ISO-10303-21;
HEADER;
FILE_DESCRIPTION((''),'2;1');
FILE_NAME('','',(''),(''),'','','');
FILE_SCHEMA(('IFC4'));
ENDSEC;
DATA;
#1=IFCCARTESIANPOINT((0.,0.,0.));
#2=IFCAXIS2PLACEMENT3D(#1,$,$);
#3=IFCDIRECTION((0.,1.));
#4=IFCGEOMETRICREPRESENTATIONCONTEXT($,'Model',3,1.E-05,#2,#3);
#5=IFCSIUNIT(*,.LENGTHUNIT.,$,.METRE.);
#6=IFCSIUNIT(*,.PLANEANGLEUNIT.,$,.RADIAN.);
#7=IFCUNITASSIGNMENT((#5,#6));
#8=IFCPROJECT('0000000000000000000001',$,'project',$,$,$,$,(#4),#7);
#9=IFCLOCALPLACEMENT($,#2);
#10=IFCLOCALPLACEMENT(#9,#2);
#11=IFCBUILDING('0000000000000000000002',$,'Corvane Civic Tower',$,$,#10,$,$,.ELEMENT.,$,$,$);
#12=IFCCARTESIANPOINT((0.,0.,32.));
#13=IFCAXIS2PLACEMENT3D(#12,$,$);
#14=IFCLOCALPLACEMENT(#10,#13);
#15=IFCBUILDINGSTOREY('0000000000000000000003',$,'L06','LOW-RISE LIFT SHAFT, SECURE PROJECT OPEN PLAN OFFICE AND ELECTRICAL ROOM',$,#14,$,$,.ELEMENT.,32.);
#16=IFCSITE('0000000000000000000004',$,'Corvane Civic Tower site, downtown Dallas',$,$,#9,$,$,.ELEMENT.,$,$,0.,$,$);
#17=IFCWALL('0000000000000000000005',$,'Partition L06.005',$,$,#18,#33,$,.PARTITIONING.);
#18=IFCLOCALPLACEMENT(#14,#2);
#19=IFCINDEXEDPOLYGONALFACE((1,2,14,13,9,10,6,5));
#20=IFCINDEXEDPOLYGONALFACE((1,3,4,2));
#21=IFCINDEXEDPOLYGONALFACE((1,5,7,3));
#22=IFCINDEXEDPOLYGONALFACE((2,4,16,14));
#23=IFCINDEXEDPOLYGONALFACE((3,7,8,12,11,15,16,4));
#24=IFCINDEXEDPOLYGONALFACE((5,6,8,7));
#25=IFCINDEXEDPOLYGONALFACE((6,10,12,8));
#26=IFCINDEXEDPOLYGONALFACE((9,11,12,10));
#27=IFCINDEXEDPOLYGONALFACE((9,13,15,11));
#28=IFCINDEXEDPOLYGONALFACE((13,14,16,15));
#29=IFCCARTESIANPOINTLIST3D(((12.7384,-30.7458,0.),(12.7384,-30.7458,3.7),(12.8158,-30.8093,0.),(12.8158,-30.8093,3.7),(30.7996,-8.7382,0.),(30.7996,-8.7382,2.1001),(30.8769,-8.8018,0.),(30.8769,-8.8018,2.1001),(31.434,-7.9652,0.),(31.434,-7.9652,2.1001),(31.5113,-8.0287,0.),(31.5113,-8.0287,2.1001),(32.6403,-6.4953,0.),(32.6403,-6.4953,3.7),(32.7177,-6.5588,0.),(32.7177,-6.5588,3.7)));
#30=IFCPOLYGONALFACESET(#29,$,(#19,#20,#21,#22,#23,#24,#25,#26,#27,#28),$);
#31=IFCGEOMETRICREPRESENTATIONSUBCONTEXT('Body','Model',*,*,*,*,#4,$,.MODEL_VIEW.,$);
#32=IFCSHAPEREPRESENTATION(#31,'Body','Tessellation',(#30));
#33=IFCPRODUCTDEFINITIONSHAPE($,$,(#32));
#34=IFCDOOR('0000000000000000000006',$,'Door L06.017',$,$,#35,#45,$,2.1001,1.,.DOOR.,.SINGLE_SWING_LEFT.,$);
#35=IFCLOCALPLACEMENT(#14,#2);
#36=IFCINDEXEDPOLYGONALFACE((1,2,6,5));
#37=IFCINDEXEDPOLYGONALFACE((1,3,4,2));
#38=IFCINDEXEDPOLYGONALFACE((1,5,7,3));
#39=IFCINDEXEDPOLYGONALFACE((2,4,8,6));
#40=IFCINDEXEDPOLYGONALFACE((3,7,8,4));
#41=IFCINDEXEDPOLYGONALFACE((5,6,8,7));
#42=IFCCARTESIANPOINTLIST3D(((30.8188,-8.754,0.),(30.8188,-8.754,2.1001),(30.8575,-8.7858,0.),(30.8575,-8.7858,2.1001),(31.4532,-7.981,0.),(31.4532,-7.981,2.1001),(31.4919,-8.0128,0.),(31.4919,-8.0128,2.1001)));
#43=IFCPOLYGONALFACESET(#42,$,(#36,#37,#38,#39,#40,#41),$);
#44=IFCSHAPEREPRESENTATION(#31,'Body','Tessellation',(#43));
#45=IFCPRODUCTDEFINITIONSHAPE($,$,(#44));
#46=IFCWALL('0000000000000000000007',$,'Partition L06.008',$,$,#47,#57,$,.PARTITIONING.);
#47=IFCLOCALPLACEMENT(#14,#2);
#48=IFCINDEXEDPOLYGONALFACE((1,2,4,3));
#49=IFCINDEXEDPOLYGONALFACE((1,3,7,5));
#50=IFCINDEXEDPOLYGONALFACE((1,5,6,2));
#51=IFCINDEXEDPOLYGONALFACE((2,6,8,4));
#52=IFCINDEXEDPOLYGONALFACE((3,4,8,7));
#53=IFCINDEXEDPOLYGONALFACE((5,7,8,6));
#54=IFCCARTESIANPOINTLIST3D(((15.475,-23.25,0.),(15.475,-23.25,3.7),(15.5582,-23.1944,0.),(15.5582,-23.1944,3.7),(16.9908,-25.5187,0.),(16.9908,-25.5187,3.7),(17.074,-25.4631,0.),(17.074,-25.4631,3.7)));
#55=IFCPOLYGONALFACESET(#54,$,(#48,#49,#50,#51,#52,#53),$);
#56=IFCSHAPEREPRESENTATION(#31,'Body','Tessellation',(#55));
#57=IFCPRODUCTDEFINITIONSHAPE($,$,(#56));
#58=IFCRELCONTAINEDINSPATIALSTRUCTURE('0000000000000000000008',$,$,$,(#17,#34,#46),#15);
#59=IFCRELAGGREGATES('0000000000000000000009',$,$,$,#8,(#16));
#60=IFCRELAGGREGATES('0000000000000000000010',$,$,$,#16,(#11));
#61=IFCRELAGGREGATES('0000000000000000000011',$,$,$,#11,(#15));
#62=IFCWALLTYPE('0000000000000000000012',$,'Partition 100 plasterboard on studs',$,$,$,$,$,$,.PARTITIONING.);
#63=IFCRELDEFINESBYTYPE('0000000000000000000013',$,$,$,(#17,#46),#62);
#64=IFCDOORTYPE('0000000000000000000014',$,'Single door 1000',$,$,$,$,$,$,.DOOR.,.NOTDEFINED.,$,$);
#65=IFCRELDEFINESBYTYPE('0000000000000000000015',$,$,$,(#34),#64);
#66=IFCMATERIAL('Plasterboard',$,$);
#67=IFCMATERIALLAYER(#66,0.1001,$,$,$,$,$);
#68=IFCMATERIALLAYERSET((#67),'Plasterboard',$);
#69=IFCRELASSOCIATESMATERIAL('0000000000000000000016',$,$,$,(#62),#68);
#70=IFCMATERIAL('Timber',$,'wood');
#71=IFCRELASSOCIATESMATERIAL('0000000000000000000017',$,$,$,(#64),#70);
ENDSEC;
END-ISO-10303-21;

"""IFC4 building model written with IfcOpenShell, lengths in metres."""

from ifc_helpers import new_model, si_unit, direction, frame, frame_2d, origin, place, context, subcontext, project, spatial, rectangle, extrude, material, layer, layer_set, type_object, element, fill, save


model = new_model("IFC4")

# Units and contexts
model_context = context("Model", 3, precision=1e-05, world=origin(), true_north=direction((0.0, 1.0)))
body_context = subcontext(model_context, "Body", "Model", "MODEL_VIEW")
ifc_project = project(units=[si_unit("LENGTHUNIT", "METRE"), si_unit("PLANEANGLEUNIT", "RADIAN")], contexts=[model_context])

# Site, building, storey
site_placement = place(None, origin())
site = spatial("IfcSite", under=ifc_project, at=site_placement, Name="Corvane Civic Tower site, downtown Dallas", CompositionType="ELEMENT", RefElevation=0.0)
building_placement = place(site_placement, origin())
building = spatial("IfcBuilding", under=site, at=building_placement, Name="Corvane Civic Tower", CompositionType="ELEMENT")
storey_placement = place(building_placement, frame((0.0, 0.0, 32.0)))
storey = spatial("IfcBuildingStorey", under=building, at=storey_placement, Name="L06", Description="LOW-RISE LIFT SHAFT, SECURE PROJECT OPEN PLAN OFFICE AND ELECTRICAL ROOM", CompositionType="ELEMENT", Elevation=32.0)

# Shared definitions
ifc_material_1 = material(Name="Plasterboard")
ifc_layer_1 = layer(ifc_material_1, 0.1001)
ifc_layer_set_1 = layer_set([ifc_layer_1], Name="Plasterboard")
wall_type_1 = type_object("IfcWallType", Name="Partition 100 plasterboard on studs", PredefinedType="PARTITIONING", material=ifc_layer_set_1)

# Wall, opening, door
wall_1_placement = place(storey_placement, frame((12.7771, -30.7776, 0.0), z_axis=(0.0, 0.0, 1.0), x_axis=(0.634393, 0.773011, 0.0)))
wall_1 = element("IfcWall", 1, at=wall_1_placement, inside=storey, type_object=wall_type_1, Name="Partition L06.005", PredefinedType="PARTITIONING", context=body_context, shape_type="SweptSolid", body=[
    extrude(rectangle(XDim=31.3716, YDim=0.1001, at=frame_2d((15.6858, 0.0))), origin(), (0.0, 0.0, 1.0), 3.7),
])
opening_1_placement = place(wall_1_placement, frame((28.47, 0.0, 0.0)))
opening_1 = element("IfcOpeningElement", 2, at=opening_1_placement, cuts=wall_1, PredefinedType="OPENING", context=body_context, shape_type="SweptSolid", body=[
    extrude(rectangle(XDim=1.0, YDim=2.1001, at=frame_2d((0.5, 1.05))), frame((0.0, 0.0601, 0.0), z_axis=(0.0, -1.0, 0.0), x_axis=(1.0, 0.0, 0.0)), (0.0, 0.0, 1.0), 0.1201),
])
ifc_material_2 = material(Name="Timber", Category="wood")
door_type_1 = type_object("IfcDoorType", Name="Single door 1000", OperationType="NOTDEFINED", PredefinedType="DOOR", material=ifc_material_2)
door_1_placement = place(opening_1_placement, frame((1.0, 0.0, 0.0), z_axis=(0.0, 0.0, 1.0), x_axis=(-1.0, 0.0, 0.0)))
door_1 = element("IfcDoor", 3, at=door_1_placement, inside=storey, type_object=door_type_1, Name="Door L06.017", OperationType="SINGLE_SWING_LEFT", OverallHeight=2.1001, OverallWidth=1.0, PredefinedType="DOOR", context=body_context, shape_type="SweptSolid", body=[
    extrude(rectangle(XDim=1.0, YDim=2.1001, at=frame_2d((0.5, 1.05))), frame((0.0, 0.0249, 0.0), z_axis=(0.0, -1.0, 0.0), x_axis=(1.0, 0.0, 0.0)), (0.0, 0.0, 1.0), 0.05),
])
fill(opening_1, door_1)

# Wall
wall_2_placement = place(storey_placement, frame((15.5166, -23.2222, 0.0), z_axis=(0.0, 0.0, 1.0), x_axis=(0.555546, -0.831485, 0.0)))
element("IfcWall", 4, at=wall_2_placement, inside=storey, type_object=wall_type_1, Name="Partition L06.008", PredefinedType="PARTITIONING", context=body_context, shape_type="SweptSolid", body=[
    extrude(rectangle(XDim=2.7285, YDim=0.1001, at=frame_2d((1.3643, 0.0))), origin(), (0.0, 0.0, 1.0), 3.7),
])

save(model, "model.ifc")
